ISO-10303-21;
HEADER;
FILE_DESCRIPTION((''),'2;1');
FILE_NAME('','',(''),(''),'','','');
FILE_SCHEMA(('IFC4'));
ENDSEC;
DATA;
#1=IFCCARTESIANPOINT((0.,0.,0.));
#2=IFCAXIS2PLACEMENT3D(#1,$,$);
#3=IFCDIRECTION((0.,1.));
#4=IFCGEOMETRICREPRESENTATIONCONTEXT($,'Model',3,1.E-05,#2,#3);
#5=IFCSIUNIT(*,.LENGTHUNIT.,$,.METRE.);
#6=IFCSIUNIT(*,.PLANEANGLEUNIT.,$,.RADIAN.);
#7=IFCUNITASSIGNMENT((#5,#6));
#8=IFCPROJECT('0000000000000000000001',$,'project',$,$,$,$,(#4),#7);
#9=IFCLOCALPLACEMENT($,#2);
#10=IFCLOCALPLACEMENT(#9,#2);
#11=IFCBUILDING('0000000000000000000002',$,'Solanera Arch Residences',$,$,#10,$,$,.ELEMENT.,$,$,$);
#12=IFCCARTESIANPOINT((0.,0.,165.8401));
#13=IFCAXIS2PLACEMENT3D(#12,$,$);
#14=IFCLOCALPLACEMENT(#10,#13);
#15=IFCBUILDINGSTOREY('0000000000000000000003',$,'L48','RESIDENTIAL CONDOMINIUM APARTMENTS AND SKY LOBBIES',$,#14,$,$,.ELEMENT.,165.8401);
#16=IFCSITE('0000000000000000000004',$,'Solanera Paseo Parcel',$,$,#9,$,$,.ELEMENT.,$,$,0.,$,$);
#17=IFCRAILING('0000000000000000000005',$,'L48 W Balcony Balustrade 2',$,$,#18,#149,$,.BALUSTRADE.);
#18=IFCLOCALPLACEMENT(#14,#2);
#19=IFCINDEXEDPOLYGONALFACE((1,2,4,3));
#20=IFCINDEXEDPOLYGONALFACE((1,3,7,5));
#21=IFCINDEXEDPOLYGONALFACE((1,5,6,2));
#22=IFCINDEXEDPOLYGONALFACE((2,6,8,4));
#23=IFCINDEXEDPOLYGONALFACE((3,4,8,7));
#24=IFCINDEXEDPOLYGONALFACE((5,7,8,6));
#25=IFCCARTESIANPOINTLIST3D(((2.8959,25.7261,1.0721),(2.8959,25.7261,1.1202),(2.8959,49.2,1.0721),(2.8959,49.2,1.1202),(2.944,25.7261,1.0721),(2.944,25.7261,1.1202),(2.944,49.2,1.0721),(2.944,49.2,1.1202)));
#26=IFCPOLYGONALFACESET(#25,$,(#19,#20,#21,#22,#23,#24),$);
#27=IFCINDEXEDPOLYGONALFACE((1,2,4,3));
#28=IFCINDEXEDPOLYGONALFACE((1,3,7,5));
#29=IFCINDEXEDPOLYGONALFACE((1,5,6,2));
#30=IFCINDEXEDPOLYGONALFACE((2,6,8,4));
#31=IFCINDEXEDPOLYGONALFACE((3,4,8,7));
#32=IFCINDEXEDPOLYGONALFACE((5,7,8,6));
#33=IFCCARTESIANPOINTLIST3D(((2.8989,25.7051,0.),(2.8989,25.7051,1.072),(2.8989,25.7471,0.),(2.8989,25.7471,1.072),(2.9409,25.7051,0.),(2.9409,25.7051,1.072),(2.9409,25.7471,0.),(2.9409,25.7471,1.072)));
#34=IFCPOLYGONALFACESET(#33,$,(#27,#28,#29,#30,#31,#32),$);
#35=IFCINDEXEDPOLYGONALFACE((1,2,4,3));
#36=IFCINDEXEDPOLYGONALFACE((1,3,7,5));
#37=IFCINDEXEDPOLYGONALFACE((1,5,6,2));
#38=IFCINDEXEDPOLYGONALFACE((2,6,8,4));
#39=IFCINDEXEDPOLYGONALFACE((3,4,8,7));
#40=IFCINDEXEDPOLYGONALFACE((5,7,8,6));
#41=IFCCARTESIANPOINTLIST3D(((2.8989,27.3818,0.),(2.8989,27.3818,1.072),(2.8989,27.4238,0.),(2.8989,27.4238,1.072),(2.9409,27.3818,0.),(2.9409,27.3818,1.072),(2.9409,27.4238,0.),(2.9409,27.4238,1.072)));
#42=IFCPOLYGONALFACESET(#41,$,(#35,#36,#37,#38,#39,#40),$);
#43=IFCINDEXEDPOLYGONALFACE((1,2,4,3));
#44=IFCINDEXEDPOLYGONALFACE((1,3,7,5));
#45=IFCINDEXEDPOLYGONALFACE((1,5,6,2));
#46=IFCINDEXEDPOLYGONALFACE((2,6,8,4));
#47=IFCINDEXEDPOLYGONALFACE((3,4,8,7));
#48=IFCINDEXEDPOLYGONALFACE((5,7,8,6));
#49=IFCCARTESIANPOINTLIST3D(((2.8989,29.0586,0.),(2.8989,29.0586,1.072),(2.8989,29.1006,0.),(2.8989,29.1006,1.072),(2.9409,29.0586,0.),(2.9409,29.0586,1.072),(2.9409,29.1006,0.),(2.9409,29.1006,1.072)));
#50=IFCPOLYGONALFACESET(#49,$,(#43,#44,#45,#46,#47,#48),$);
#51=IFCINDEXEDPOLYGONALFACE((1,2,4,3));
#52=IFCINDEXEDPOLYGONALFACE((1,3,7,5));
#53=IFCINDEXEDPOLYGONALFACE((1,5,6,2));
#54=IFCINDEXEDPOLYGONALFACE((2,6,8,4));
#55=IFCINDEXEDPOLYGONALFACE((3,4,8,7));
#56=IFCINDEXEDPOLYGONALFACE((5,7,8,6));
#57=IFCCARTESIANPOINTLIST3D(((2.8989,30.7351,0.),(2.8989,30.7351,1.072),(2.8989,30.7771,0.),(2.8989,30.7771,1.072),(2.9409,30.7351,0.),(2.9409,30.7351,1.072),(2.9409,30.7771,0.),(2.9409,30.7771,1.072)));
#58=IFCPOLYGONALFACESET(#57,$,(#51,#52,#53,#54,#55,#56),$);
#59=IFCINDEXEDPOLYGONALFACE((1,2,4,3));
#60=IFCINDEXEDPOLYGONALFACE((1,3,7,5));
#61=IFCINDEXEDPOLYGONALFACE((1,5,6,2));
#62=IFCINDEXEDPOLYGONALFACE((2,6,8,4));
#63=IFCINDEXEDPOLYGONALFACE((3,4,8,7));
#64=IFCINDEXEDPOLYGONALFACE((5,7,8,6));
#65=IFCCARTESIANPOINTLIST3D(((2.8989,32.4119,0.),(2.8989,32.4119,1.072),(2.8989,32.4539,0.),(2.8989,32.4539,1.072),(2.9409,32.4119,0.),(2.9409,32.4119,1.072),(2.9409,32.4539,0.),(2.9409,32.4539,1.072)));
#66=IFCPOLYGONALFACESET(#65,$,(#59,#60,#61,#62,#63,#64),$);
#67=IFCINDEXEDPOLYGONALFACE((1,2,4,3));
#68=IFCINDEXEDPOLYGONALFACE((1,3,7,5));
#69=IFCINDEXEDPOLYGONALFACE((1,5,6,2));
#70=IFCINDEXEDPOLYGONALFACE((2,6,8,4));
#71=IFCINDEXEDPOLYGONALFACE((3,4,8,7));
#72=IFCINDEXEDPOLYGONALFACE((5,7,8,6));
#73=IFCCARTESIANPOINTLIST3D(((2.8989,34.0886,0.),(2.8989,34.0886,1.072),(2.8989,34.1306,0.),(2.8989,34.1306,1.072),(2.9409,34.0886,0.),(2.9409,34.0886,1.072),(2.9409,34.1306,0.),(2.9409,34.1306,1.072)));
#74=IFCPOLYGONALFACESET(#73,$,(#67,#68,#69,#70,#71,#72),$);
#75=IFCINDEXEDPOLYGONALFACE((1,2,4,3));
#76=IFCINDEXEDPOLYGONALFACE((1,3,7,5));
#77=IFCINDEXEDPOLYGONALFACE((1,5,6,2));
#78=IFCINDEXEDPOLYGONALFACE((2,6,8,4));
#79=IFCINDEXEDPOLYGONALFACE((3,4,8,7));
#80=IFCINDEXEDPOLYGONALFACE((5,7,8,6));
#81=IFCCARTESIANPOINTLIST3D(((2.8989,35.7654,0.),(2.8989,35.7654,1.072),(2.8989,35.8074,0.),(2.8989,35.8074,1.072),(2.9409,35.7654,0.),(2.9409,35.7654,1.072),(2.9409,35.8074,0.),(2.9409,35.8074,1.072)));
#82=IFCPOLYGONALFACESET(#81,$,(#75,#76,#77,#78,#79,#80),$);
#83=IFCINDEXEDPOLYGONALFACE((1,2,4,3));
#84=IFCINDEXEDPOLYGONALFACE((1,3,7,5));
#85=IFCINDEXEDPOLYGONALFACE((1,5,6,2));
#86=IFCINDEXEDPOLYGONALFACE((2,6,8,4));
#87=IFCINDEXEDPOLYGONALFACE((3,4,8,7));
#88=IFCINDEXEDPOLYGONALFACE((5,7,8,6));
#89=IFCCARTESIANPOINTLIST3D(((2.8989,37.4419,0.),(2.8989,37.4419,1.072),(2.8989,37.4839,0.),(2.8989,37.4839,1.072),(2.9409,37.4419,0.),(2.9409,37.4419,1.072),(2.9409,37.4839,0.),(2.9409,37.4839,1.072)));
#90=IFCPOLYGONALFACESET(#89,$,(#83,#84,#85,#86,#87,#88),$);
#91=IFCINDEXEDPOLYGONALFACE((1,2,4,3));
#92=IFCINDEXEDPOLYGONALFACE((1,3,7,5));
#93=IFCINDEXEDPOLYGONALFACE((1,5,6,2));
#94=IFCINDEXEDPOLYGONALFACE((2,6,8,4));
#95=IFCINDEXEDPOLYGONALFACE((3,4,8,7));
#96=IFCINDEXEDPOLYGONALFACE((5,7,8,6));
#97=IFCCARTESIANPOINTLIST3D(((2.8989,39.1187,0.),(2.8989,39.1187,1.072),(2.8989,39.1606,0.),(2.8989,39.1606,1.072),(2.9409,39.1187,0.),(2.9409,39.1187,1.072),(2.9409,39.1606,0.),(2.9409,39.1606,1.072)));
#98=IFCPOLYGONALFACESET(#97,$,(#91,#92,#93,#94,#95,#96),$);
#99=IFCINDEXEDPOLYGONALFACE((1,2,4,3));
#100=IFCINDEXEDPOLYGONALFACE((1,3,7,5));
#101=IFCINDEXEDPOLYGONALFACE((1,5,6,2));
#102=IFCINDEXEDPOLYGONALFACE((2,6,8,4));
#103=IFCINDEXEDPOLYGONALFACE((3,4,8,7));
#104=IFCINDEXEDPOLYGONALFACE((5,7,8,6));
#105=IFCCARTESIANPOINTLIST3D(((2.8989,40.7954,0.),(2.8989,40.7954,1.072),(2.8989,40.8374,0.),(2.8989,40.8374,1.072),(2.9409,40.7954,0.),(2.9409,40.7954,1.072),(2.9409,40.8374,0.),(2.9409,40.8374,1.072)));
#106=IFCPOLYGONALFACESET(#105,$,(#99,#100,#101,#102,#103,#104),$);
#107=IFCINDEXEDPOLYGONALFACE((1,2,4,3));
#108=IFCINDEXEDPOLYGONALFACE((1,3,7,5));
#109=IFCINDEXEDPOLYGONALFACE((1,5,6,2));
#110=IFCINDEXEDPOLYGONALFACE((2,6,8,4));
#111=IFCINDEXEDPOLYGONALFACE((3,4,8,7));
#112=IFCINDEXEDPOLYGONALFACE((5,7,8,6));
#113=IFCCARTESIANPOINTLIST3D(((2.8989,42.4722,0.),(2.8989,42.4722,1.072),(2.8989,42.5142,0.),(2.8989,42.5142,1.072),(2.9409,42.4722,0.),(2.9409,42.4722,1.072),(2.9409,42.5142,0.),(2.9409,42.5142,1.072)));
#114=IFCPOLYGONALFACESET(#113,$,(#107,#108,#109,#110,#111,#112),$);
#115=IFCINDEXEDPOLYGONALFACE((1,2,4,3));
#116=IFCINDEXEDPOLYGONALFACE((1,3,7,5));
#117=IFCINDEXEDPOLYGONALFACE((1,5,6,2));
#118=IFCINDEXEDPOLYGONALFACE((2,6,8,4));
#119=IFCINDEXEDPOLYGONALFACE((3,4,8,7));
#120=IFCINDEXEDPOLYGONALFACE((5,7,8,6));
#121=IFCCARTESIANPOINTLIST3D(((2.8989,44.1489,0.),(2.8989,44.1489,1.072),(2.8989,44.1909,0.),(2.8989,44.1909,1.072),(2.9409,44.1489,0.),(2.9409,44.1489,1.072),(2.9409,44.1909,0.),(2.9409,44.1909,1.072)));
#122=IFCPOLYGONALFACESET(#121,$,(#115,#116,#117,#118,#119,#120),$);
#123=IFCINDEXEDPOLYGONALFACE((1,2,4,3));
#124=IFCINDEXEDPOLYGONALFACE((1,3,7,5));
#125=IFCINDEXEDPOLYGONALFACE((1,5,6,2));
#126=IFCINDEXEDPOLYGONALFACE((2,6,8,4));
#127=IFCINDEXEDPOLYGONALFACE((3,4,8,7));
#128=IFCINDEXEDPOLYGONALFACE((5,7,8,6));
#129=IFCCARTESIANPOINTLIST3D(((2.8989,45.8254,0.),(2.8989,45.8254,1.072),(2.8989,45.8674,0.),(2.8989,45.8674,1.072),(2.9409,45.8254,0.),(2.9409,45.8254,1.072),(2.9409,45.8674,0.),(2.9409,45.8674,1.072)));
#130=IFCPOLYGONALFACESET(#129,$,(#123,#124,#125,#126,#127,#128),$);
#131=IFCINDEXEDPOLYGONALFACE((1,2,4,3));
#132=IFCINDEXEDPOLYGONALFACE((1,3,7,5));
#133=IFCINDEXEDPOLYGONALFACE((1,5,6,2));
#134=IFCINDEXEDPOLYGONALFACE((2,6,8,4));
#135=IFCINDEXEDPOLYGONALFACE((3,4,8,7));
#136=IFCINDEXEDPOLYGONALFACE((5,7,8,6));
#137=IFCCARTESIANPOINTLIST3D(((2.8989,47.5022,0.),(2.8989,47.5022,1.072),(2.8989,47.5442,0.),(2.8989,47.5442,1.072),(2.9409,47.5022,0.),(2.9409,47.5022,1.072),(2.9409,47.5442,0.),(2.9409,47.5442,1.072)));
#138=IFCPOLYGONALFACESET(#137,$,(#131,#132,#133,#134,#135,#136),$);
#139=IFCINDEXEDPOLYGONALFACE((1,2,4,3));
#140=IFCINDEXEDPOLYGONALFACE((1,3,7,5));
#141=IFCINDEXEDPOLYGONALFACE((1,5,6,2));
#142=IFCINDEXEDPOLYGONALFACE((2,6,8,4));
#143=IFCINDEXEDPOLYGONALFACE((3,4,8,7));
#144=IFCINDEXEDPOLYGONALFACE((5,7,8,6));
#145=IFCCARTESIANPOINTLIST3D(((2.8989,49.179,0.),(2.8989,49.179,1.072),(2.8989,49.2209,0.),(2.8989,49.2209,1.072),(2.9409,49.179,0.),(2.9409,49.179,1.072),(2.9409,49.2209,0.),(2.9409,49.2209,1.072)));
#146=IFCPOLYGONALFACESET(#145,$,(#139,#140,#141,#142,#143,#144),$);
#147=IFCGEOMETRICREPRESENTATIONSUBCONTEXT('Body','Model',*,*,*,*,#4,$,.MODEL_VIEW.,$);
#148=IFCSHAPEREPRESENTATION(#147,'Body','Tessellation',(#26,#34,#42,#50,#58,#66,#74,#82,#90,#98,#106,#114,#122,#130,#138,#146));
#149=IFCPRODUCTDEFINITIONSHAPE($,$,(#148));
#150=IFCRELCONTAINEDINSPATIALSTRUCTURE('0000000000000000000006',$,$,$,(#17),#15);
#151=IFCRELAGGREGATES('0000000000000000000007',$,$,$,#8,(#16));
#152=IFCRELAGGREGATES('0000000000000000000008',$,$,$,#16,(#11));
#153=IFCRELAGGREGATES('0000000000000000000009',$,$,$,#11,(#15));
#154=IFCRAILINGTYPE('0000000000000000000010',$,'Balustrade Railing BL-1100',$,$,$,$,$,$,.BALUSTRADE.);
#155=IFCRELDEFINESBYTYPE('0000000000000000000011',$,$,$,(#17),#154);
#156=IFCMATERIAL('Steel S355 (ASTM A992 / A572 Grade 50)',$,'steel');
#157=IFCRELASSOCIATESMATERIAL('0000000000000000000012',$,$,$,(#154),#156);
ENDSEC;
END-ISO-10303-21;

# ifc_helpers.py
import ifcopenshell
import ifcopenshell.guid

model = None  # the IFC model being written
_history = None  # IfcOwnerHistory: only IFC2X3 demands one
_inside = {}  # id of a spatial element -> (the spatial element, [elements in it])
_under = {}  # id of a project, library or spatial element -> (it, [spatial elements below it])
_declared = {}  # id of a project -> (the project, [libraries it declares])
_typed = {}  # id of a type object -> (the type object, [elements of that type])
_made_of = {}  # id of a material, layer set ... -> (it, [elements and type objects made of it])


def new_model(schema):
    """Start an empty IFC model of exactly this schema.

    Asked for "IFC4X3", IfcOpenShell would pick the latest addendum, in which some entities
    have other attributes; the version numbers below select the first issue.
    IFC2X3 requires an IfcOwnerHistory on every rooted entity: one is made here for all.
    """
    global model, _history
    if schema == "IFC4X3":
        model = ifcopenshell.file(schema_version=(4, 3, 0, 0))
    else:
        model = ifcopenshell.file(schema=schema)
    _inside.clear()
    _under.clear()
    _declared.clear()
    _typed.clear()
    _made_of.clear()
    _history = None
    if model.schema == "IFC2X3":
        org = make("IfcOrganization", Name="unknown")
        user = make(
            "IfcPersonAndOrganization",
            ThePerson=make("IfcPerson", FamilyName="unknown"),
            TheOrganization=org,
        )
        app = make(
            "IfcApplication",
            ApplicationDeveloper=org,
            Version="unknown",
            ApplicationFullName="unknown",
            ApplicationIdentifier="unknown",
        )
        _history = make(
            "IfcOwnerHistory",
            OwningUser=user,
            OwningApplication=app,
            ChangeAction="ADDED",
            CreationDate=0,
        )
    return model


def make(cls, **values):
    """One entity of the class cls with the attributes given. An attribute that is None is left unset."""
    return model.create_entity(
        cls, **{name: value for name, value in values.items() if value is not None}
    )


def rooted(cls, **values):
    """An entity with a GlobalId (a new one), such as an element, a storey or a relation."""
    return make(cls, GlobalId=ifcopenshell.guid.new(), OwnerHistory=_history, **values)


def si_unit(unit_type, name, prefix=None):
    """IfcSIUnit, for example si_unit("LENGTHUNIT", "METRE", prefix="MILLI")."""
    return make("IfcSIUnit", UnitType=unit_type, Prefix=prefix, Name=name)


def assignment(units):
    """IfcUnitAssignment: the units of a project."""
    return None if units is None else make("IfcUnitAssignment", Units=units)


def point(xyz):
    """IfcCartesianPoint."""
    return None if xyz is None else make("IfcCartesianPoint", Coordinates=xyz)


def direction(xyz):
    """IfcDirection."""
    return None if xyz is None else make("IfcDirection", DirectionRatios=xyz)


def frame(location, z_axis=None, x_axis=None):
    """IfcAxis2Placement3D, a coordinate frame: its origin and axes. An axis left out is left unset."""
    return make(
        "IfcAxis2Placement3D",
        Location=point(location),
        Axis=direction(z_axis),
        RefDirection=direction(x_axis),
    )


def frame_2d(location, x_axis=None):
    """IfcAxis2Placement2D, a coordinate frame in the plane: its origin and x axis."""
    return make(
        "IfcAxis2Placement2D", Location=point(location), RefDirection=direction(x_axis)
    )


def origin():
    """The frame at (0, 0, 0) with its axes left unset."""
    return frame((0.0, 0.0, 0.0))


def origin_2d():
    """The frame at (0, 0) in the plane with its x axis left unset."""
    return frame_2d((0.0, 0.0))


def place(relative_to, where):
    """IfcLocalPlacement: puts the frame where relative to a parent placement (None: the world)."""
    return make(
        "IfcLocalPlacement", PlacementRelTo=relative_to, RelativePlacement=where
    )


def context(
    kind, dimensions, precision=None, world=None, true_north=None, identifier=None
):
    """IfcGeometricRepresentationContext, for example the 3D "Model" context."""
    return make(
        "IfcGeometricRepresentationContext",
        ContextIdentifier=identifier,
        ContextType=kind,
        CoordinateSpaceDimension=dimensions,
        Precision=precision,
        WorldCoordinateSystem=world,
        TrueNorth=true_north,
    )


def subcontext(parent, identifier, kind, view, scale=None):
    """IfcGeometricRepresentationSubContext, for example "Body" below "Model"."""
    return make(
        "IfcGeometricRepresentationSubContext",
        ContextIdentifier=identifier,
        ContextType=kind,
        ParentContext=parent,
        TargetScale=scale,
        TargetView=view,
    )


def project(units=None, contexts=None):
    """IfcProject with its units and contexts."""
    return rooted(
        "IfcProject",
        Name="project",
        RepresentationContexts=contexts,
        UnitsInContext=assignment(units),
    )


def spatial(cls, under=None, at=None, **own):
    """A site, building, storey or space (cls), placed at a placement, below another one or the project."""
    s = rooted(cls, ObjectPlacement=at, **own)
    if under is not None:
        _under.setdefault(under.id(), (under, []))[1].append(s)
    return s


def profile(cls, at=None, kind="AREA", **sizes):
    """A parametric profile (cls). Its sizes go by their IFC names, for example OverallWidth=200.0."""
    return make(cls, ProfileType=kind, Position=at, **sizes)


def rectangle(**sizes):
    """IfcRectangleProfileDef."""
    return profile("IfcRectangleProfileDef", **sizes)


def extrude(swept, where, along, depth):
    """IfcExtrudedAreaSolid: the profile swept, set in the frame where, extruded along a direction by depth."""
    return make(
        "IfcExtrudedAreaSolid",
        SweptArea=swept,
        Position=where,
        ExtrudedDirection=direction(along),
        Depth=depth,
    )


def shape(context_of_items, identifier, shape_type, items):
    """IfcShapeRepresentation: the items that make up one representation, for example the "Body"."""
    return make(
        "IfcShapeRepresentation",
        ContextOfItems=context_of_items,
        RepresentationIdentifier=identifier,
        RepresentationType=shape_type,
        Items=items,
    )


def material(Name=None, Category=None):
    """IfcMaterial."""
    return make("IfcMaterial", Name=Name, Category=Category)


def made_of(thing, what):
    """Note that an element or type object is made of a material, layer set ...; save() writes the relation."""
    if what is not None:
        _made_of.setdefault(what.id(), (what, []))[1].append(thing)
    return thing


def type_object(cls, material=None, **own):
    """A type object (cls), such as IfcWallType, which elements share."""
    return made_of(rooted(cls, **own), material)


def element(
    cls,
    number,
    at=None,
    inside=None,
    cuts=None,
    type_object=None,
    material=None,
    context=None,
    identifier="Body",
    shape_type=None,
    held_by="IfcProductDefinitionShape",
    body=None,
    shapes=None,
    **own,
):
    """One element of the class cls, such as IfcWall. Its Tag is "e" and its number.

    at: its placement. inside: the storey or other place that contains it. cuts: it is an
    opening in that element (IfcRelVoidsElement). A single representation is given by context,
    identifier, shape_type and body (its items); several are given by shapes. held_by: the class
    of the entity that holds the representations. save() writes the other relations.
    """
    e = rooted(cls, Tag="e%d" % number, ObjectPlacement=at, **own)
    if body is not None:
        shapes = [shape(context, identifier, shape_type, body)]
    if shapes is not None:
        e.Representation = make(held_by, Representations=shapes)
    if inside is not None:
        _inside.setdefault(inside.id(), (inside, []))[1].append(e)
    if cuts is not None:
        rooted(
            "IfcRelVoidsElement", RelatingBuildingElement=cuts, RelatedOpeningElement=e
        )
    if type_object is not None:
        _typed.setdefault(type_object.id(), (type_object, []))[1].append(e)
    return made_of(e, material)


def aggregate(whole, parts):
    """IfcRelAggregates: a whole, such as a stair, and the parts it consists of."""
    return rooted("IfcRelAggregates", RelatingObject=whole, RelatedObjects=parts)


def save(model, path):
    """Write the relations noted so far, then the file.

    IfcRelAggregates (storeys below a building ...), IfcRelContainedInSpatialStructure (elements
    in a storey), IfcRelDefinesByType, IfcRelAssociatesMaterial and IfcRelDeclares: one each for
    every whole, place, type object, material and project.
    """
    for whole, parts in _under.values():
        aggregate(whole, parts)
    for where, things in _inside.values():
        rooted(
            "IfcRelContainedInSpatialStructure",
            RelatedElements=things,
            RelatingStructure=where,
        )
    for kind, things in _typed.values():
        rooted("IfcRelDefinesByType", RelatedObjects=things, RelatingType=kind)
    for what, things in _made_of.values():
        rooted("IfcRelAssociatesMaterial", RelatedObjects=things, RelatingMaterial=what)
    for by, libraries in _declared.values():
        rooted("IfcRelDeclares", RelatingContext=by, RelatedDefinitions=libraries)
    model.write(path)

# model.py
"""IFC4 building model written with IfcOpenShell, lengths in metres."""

from ifc_helpers import new_model, si_unit, direction, frame, origin, origin_2d, place, context, subcontext, project, spatial, rectangle, extrude, material, type_object, element, save


model = new_model("IFC4")

# Units and contexts
model_context = context("Model", 3, precision=1e-05, world=origin(), true_north=direction((0.0, 1.0)))
body_context = subcontext(model_context, "Body", "Model", "MODEL_VIEW")
ifc_project = project(units=[si_unit("LENGTHUNIT", "METRE"), si_unit("PLANEANGLEUNIT", "RADIAN")], contexts=[model_context])

# Site, building, storey
site_placement = place(None, origin())
site = spatial("IfcSite", under=ifc_project, at=site_placement, Name="Solanera Paseo Parcel", CompositionType="ELEMENT", RefElevation=0.0)
building_placement = place(site_placement, origin())
building = spatial("IfcBuilding", under=site, at=building_placement, Name="Solanera Arch Residences", CompositionType="ELEMENT")
storey_placement = place(building_placement, frame((0.0, 0.0, 165.8401)))
storey = spatial("IfcBuildingStorey", under=building, at=storey_placement, Name="L48", Description="RESIDENTIAL CONDOMINIUM APARTMENTS AND SKY LOBBIES", CompositionType="ELEMENT", Elevation=165.8401)

# Railing
ifc_material_1 = material(Name="Steel S355 (ASTM A992 / A572 Grade 50)", Category="steel")
railing_type = type_object("IfcRailingType", Name="Balustrade Railing BL-1100", PredefinedType="BALUSTRADE", material=ifc_material_1)
railing_placement = place(storey_placement, frame((2.9199, 25.7261, 0.0)))
element("IfcRailing", 1, at=railing_placement, inside=storey, type_object=railing_type, Name="L48 W Balcony Balustrade 2", PredefinedType="BALUSTRADE", context=body_context, shape_type="SweptSolid", body=[
    extrude(rectangle(XDim=0.0481, YDim=0.0481, at=origin_2d()), frame((0.0, 0.0, 1.0962), z_axis=(0.0, 1.0, 0.0), x_axis=(-1.0, 0.0, 0.0)), (0.0, 0.0, 1.0), 23.4739),
    extrude(rectangle(XDim=0.042, YDim=0.042, at=origin_2d()), origin(), (0.0, 0.0, 1.0), 1.072),
    extrude(rectangle(XDim=0.042, YDim=0.042, at=origin_2d()), frame((0.0, 1.6768, 0.0)), (0.0, 0.0, 1.0), 1.072),
    extrude(rectangle(XDim=0.042, YDim=0.042, at=origin_2d()), frame((0.0, 3.3535, 0.0)), (0.0, 0.0, 1.0), 1.072),
    extrude(rectangle(XDim=0.042, YDim=0.042, at=origin_2d()), frame((0.0, 5.03, 0.0)), (0.0, 0.0, 1.0), 1.072),
    extrude(rectangle(XDim=0.042, YDim=0.042, at=origin_2d()), frame((0.0, 6.7068, 0.0)), (0.0, 0.0, 1.0), 1.072),
    extrude(rectangle(XDim=0.042, YDim=0.042, at=origin_2d()), frame((0.0, 8.3835, 0.0)), (0.0, 0.0, 1.0), 1.072),
    extrude(rectangle(XDim=0.042, YDim=0.042, at=origin_2d()), frame((0.0, 10.0603, 0.0)), (0.0, 0.0, 1.0), 1.072),
    extrude(rectangle(XDim=0.042, YDim=0.042, at=origin_2d()), frame((0.0, 11.7368, 0.0)), (0.0, 0.0, 1.0), 1.072),
    extrude(rectangle(XDim=0.042, YDim=0.042, at=origin_2d()), frame((0.0, 13.4136, 0.0)), (0.0, 0.0, 1.0), 1.072),
    extrude(rectangle(XDim=0.042, YDim=0.042, at=origin_2d()), frame((0.0, 15.0903, 0.0)), (0.0, 0.0, 1.0), 1.072),
    extrude(rectangle(XDim=0.042, YDim=0.042, at=origin_2d()), frame((0.0, 16.7671, 0.0)), (0.0, 0.0, 1.0), 1.072),
    extrude(rectangle(XDim=0.042, YDim=0.042, at=origin_2d()), frame((0.0, 18.4438, 0.0)), (0.0, 0.0, 1.0), 1.072),
    extrude(rectangle(XDim=0.042, YDim=0.042, at=origin_2d()), frame((0.0, 20.1204, 0.0)), (0.0, 0.0, 1.0), 1.072),
    extrude(rectangle(XDim=0.042, YDim=0.042, at=origin_2d()), frame((0.0, 21.7971, 0.0)), (0.0, 0.0, 1.0), 1.072),
    extrude(rectangle(XDim=0.042, YDim=0.042, at=origin_2d()), frame((0.0, 23.4739, 0.0)), (0.0, 0.0, 1.0), 1.072),
])

save(model, "model.ifc")
